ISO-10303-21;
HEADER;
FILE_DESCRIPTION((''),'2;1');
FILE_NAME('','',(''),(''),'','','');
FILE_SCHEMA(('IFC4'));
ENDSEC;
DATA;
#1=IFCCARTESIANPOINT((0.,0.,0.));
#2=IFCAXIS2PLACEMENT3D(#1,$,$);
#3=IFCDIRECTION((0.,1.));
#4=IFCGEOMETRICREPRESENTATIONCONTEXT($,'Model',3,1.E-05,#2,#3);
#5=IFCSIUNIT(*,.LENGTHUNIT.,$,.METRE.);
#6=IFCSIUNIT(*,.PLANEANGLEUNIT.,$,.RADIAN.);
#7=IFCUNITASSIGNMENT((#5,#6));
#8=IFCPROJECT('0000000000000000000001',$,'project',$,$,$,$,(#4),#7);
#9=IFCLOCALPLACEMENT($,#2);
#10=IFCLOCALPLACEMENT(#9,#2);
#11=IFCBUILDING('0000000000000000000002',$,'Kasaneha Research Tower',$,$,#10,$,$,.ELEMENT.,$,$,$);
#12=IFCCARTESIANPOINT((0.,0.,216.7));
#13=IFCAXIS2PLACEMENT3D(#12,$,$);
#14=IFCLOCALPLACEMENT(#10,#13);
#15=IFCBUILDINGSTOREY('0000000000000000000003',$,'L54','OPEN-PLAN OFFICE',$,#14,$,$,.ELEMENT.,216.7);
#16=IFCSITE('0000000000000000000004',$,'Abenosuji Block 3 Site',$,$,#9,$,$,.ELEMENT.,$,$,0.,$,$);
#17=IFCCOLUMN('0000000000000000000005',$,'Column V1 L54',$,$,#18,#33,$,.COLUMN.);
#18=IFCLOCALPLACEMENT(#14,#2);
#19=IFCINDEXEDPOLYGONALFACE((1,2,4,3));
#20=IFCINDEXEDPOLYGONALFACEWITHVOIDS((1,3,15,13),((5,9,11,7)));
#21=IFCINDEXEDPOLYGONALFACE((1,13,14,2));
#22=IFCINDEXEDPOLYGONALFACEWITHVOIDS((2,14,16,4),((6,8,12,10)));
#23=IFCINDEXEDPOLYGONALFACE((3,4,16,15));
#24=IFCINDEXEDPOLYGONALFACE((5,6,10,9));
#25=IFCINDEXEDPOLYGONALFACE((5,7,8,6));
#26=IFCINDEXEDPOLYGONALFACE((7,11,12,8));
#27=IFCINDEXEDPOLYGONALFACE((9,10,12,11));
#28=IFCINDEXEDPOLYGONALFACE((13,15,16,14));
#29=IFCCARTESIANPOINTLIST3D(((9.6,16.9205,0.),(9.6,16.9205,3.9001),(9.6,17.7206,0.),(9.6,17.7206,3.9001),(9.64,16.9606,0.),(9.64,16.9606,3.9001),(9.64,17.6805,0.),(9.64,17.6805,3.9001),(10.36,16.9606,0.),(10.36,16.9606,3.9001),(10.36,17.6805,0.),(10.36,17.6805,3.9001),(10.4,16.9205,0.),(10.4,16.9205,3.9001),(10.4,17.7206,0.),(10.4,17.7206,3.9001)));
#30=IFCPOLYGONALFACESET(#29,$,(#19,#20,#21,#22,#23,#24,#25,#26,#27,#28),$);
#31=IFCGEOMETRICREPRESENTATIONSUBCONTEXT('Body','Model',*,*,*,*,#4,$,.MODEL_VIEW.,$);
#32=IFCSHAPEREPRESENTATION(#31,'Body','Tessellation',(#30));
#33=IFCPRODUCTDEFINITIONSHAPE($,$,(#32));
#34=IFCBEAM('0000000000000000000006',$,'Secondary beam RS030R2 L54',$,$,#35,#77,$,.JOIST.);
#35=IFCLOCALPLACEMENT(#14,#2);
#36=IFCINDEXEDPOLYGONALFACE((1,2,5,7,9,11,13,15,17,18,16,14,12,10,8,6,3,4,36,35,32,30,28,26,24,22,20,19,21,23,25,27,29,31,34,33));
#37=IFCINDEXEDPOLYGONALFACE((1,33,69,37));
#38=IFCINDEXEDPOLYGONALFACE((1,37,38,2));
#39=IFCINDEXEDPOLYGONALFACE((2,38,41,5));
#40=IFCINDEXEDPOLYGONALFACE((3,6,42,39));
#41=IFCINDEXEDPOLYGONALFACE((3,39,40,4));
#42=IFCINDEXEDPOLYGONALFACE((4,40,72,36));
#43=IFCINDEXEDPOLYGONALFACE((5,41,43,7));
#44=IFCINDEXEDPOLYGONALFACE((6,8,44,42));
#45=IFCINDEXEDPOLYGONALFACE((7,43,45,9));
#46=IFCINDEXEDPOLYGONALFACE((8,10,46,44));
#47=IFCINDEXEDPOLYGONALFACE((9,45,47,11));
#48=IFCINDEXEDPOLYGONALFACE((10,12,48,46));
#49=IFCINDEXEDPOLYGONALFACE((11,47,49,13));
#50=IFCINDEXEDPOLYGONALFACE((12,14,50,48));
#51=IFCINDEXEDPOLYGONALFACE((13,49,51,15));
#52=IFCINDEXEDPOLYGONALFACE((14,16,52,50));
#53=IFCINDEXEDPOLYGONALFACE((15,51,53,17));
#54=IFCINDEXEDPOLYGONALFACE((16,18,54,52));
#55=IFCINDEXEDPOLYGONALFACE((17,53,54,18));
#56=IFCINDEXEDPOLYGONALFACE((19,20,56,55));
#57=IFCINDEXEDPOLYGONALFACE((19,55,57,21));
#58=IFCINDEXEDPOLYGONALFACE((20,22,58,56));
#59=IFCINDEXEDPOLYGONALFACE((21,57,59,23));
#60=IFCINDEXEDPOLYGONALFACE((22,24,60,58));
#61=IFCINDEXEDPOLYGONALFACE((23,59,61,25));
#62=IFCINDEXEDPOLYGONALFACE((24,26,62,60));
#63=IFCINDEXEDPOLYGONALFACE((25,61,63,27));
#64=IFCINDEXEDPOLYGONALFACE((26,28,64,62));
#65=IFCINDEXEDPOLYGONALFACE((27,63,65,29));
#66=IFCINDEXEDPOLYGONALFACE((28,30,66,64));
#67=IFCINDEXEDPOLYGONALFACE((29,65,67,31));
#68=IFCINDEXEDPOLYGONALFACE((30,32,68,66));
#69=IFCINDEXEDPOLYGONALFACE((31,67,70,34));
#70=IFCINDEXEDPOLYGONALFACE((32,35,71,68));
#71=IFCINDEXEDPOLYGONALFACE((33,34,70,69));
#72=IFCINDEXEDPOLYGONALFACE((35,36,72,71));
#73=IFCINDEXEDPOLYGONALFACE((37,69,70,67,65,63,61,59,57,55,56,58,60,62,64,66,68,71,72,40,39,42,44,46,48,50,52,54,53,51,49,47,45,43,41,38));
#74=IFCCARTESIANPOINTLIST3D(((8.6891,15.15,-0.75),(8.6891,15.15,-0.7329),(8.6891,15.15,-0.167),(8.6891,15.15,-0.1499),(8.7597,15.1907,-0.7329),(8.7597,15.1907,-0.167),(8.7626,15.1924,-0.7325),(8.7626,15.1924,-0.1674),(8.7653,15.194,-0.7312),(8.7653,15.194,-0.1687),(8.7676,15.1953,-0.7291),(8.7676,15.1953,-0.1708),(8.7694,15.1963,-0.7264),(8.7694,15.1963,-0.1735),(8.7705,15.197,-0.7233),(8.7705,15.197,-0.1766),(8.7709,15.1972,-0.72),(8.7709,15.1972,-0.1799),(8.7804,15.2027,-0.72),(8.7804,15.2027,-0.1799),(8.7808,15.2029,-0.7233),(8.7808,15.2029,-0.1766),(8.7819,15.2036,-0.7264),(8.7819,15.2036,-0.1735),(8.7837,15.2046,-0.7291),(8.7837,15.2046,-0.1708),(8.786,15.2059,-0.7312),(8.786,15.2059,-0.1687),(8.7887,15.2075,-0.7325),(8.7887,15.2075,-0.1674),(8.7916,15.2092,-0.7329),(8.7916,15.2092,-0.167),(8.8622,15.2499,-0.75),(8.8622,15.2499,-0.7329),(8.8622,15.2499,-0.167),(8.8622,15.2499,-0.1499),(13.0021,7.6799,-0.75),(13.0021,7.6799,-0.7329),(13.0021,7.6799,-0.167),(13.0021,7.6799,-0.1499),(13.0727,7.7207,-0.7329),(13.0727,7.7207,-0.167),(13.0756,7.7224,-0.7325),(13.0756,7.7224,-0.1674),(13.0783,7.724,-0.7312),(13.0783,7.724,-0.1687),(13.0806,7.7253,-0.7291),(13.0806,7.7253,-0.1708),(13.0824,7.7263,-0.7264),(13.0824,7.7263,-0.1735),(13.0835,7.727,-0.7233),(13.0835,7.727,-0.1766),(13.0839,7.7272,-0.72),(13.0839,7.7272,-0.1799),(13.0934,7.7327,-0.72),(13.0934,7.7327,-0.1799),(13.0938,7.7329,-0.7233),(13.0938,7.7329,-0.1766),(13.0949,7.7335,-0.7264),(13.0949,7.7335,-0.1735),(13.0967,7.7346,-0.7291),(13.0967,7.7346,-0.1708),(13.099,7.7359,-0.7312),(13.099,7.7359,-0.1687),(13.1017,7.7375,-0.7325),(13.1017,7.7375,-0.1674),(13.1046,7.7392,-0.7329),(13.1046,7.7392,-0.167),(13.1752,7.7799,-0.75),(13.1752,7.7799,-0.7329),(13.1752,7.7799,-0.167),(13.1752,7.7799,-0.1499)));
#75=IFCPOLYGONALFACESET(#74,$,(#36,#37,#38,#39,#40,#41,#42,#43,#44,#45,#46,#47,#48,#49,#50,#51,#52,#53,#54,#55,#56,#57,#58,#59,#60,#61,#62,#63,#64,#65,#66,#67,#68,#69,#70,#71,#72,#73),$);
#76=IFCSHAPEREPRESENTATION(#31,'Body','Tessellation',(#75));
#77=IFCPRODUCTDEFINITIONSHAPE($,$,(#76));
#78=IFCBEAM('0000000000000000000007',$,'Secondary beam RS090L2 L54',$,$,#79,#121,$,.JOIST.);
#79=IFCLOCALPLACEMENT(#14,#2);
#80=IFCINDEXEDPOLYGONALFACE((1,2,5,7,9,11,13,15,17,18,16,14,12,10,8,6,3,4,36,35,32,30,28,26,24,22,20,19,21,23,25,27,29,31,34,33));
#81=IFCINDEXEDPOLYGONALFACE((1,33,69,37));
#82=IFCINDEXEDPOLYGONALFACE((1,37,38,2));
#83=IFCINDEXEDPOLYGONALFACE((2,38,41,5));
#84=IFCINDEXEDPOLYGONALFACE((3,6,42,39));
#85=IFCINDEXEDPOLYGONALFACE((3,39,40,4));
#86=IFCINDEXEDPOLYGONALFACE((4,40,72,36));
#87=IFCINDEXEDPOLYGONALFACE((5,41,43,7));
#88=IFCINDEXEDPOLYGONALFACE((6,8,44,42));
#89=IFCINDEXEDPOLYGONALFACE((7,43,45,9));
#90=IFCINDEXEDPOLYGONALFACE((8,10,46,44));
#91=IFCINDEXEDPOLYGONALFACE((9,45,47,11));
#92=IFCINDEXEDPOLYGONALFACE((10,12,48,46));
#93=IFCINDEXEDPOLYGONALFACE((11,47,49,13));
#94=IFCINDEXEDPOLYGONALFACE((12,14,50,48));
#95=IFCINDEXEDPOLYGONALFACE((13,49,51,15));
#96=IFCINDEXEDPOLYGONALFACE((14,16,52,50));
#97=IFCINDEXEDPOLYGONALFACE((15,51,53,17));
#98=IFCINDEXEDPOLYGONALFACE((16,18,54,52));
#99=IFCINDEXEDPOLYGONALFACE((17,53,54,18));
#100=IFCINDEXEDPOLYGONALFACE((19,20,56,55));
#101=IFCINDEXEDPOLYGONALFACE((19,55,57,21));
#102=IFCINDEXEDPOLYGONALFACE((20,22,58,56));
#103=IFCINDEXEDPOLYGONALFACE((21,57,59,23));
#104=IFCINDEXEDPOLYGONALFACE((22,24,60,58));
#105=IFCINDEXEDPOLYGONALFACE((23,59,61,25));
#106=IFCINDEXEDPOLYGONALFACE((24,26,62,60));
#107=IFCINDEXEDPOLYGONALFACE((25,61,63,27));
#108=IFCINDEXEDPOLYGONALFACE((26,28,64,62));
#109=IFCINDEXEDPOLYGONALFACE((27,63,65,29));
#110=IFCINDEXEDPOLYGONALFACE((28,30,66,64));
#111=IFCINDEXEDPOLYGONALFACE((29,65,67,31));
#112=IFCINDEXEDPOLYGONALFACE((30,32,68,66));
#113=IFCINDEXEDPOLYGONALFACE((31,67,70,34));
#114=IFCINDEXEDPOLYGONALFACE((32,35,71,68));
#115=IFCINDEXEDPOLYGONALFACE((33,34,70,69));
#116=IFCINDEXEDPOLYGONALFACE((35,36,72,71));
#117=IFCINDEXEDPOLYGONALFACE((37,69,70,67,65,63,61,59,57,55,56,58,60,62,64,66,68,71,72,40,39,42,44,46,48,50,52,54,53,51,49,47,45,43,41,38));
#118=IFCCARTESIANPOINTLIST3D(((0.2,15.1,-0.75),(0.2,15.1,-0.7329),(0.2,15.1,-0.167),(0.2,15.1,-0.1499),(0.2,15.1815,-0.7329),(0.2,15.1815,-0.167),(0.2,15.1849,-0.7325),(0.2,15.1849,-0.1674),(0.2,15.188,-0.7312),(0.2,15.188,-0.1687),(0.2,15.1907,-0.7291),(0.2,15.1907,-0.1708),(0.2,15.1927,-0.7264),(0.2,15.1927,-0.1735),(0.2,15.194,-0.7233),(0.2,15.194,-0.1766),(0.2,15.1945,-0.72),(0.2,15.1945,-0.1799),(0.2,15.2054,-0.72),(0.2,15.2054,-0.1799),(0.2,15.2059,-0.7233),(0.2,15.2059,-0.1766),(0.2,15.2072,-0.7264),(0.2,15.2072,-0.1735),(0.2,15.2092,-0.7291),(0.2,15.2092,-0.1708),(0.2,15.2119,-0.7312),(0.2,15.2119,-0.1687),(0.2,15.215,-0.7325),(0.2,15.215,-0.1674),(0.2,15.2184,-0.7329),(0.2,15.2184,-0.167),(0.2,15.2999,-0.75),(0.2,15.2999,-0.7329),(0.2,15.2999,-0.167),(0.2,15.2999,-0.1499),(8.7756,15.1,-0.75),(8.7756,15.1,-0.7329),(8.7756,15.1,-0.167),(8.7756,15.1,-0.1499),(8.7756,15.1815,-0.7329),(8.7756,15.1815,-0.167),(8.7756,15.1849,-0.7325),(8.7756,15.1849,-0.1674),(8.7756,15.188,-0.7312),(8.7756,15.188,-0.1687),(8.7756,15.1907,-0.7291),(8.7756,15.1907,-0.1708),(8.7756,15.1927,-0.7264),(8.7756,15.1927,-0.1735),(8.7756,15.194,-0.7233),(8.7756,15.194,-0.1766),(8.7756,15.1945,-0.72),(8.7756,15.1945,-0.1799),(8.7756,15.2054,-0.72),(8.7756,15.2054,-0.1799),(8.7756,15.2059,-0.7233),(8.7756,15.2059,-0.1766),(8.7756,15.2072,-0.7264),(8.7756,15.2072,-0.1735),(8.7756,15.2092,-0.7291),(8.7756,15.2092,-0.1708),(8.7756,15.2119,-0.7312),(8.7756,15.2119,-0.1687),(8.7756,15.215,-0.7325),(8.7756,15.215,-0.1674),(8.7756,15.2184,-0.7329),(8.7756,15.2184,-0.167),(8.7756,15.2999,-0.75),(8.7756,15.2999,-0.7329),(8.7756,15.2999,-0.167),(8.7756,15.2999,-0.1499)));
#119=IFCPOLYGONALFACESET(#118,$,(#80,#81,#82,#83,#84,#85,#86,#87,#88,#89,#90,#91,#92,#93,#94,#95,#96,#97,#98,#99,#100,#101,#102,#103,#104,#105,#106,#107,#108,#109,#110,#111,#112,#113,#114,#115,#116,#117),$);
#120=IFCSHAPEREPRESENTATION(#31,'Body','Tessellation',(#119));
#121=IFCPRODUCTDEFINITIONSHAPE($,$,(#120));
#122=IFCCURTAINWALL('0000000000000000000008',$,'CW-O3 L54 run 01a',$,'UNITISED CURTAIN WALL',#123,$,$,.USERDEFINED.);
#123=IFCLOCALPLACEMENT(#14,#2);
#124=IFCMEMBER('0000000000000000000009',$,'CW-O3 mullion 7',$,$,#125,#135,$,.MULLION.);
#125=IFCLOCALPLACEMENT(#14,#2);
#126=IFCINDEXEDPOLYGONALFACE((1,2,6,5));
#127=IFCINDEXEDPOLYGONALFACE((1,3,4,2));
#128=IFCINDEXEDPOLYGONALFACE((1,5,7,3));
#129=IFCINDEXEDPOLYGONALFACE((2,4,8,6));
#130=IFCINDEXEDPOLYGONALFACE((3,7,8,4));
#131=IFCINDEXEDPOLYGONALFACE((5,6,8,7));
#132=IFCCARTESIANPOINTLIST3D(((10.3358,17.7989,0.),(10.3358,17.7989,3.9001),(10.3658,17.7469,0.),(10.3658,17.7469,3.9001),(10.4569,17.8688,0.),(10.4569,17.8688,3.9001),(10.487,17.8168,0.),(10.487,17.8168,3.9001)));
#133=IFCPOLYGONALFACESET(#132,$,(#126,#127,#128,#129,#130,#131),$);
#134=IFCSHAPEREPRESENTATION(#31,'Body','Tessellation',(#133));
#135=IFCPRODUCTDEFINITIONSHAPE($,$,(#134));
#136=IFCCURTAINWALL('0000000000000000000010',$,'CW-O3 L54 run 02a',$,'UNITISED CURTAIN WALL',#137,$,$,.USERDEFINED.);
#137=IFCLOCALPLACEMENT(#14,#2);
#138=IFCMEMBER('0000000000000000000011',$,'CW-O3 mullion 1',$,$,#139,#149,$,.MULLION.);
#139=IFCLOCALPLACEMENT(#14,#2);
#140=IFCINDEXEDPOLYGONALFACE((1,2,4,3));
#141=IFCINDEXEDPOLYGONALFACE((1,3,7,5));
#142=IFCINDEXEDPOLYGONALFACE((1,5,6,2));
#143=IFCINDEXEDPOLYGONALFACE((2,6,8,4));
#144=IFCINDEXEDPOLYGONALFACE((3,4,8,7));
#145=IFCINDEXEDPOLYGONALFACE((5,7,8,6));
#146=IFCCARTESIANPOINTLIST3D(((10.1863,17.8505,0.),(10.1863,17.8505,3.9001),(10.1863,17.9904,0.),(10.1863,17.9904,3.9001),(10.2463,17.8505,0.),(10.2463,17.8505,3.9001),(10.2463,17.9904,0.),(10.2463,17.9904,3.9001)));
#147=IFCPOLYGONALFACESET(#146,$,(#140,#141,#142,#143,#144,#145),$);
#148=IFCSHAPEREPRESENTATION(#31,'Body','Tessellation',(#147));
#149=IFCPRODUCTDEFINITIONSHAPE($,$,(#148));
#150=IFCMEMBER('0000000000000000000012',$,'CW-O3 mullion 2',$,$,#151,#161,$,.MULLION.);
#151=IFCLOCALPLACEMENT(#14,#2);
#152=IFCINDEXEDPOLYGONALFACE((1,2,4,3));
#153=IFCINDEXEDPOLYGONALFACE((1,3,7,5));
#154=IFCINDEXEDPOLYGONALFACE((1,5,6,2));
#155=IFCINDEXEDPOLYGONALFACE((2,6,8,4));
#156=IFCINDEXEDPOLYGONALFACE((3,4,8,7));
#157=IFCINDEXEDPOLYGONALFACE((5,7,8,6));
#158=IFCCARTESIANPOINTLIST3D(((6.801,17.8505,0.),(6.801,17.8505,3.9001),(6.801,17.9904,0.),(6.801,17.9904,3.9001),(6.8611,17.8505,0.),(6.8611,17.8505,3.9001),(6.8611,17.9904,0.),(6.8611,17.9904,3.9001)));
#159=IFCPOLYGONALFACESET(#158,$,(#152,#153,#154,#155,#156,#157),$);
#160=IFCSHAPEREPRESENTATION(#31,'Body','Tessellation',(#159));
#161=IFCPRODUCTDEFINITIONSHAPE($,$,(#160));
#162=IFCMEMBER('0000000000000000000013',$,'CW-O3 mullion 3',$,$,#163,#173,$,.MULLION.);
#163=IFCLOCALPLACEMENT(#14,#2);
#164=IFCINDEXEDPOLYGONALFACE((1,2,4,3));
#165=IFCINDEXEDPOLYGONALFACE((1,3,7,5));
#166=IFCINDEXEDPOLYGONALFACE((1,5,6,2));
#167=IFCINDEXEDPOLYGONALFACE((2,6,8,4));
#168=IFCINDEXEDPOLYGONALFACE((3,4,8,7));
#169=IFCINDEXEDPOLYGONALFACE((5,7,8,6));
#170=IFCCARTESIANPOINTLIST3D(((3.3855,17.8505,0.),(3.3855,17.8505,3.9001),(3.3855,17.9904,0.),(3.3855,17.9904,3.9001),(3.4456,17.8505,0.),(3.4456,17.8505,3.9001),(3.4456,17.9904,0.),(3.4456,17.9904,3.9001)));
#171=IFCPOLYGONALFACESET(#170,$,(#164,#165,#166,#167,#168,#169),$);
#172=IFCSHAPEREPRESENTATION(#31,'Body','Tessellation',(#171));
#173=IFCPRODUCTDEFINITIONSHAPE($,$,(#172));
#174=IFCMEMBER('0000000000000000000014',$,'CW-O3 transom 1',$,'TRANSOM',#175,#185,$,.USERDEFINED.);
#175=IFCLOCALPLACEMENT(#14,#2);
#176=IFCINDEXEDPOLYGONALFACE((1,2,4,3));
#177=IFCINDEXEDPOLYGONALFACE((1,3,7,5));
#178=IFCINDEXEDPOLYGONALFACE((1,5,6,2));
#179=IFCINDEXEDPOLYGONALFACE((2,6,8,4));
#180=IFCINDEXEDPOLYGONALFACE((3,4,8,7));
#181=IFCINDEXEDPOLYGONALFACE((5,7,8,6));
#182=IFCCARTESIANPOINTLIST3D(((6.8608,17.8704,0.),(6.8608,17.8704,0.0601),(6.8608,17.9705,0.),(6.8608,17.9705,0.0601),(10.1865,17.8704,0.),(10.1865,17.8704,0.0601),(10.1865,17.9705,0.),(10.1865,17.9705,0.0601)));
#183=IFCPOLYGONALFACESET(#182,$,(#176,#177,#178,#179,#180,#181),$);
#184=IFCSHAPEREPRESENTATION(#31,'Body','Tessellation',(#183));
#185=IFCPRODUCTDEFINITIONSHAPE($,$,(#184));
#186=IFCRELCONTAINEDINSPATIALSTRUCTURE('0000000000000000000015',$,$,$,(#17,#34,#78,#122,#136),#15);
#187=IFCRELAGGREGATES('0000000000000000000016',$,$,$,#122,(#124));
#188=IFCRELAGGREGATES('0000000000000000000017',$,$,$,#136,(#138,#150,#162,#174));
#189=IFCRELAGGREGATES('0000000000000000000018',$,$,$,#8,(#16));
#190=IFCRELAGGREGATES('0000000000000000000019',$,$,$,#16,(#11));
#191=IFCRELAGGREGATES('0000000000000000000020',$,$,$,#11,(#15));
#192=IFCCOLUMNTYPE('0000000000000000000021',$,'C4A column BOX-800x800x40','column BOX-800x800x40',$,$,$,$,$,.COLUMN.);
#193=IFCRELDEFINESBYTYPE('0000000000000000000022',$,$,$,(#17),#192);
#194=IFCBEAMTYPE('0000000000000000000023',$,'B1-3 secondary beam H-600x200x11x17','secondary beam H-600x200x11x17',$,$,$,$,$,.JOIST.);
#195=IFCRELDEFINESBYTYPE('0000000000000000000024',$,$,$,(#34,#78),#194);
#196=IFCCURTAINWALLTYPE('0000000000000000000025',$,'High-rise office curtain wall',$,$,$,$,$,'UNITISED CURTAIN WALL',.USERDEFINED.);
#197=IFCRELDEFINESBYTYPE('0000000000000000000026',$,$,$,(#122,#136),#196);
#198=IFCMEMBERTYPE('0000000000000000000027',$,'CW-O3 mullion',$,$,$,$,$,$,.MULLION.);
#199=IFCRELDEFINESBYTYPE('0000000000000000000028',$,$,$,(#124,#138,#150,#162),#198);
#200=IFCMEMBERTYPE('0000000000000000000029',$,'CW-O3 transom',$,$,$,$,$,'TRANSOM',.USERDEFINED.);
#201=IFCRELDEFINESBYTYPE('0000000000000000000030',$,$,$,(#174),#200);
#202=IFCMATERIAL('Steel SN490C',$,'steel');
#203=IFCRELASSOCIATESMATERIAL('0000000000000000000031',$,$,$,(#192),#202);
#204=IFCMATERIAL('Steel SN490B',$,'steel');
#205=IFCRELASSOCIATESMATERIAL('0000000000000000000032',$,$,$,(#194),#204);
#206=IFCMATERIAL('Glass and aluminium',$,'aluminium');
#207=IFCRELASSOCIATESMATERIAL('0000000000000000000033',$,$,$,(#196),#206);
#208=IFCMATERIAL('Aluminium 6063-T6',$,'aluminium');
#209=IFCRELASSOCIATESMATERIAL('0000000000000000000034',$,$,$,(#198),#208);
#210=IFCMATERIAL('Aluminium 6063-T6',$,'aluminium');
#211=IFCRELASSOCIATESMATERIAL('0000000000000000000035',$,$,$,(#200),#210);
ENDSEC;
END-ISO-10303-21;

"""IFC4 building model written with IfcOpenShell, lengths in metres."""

from ifc_helpers import new_model, si_unit, direction, frame, origin, origin_2d, place, context, subcontext, project, spatial, rectangle, hollow_rectangle, i_section, extrude, material, material_profile, profile_set, type_object, element, aggregate, save


model = new_model("IFC4")

# Units and contexts
model_context = context("Model", 3, precision=1e-05, world=origin(), true_north=direction((0.0, 1.0)))
body_context = subcontext(model_context, "Body", "Model", "MODEL_VIEW")
ifc_project = project(units=[si_unit("LENGTHUNIT", "METRE"), si_unit("PLANEANGLEUNIT", "RADIAN")], contexts=[model_context])

# Site, building, storey
site_placement = place(None, origin())
site = spatial("IfcSite", under=ifc_project, at=site_placement, Name="Abenosuji Block 3 Site", CompositionType="ELEMENT", RefElevation=0.0)
building_placement = place(site_placement, origin())
building = spatial("IfcBuilding", under=site, at=building_placement, Name="Kasaneha Research Tower", CompositionType="ELEMENT")
storey_placement = place(building_placement, frame((0.0, 0.0, 216.7)))
storey = spatial("IfcBuildingStorey", under=building, at=storey_placement, Name="L54", Description="OPEN-PLAN OFFICE", CompositionType="ELEMENT", Elevation=216.7)

# Column
ifc_material_1 = material(Name="Steel SN490C", Category="steel")
ifc_material_profile_1 = material_profile(ifc_material_1, hollow_rectangle(XDim=0.8, YDim=0.8, WallThickness=0.04, at=origin_2d()), Name="BOX-800x800x40")
ifc_profile_set_1 = profile_set([ifc_material_profile_1], Name="Steel SN490C")
column_type = type_object("IfcColumnType", Name="C4A column BOX-800x800x40", Description="column BOX-800x800x40", PredefinedType="COLUMN", material=ifc_profile_set_1)
column_placement = place(storey_placement, frame((10.0, 17.3206, 0.0), z_axis=(0.0, 0.0, 1.0), x_axis=(1.0, 0.0, 0.0)))
element("IfcColumn", 1, at=column_placement, inside=storey, type_object=column_type, Name="Column V1 L54", PredefinedType="COLUMN", context=body_context, shape_type="SweptSolid", body=[
    extrude(hollow_rectangle(XDim=0.8, YDim=0.8, WallThickness=0.04, at=origin_2d()), origin(), (0.0, 0.0, 1.0), 3.9001),
])

# Beams
ifc_material_2 = material(Name="Steel SN490B", Category="steel")
ifc_material_profile_2 = material_profile(ifc_material_2, i_section(OverallWidth=0.2, OverallDepth=0.6001, WebThickness=0.011, FlangeThickness=0.0171, FilletRadius=0.0129, at=origin_2d()), Name="H-600x200x11x17")
ifc_profile_set_2 = profile_set([ifc_material_profile_2], Name="Steel SN490B")
beam_type_1 = type_object("IfcBeamType", Name="B1-3 secondary beam H-600x200x11x17", Description="secondary beam H-600x200x11x17", PredefinedType="JOIST", material=ifc_profile_set_2)
beam_1_placement = place(storey_placement, frame((8.7756, 15.2, -0.45), z_axis=(0.500017, -0.866015, 0.0), x_axis=(0.866015, 0.500017, 0.0)))
element("IfcBeam", 2, at=beam_1_placement, inside=storey, type_object=beam_type_1, Name="Secondary beam RS030R2 L54", PredefinedType="JOIST", context=body_context, shape_type="SweptSolid", body=[
    extrude(i_section(OverallWidth=0.2, OverallDepth=0.6001, WebThickness=0.011, FlangeThickness=0.0171, FilletRadius=0.0129, at=origin_2d()), origin(), (0.0, 0.0, 1.0), 8.6257),
])
beam_2_placement = place(storey_placement, frame((8.7756, 15.2, -0.45), z_axis=(-1.0, 0.0, 0.0), x_axis=(0.0, -1.0, 0.0)))
element("IfcBeam", 3, at=beam_2_placement, inside=storey, type_object=beam_type_1, Name="Secondary beam RS090L2 L54", PredefinedType="JOIST", context=body_context, shape_type="SweptSolid", body=[
    extrude(i_section(OverallWidth=0.2, OverallDepth=0.6001, WebThickness=0.011, FlangeThickness=0.0171, FilletRadius=0.0129, at=origin_2d()), origin(), (0.0, 0.0, 1.0), 8.5757),
])

# Curtain wall, member
ifc_material_3 = material(Name="Glass and aluminium", Category="aluminium")
curtain_wall_type = type_object("IfcCurtainWallType", Name="High-rise office curtain wall", ElementType="UNITISED CURTAIN WALL", PredefinedType="USERDEFINED", material=ifc_material_3)
curtain_wall_1_placement = place(storey_placement, origin())
curtain_wall_1 = element("IfcCurtainWall", 4, at=curtain_wall_1_placement, inside=storey, type_object=curtain_wall_type, Name="CW-O3 L54 run 01a", ObjectType="UNITISED CURTAIN WALL", PredefinedType="USERDEFINED")
ifc_material_4 = material(Name="Aluminium 6063-T6", Category="aluminium")
ifc_material_profile_3 = material_profile(ifc_material_4, rectangle(XDim=0.0601, YDim=0.1399, at=origin_2d()), Name="CW-O3 mullion 60x140")
ifc_profile_set_3 = profile_set([ifc_material_profile_3], Name="Aluminium 6063-T6")
member_type_1 = type_object("IfcMemberType", Name="CW-O3 mullion", PredefinedType="MULLION", material=ifc_profile_set_3)
member_1_placement = place(storey_placement, frame((10.4114, 17.8079, 0.0), z_axis=(0.0, 0.0, 1.0), x_axis=(-0.5, 0.866025, 0.0)))
member_1 = element("IfcMember", 5, at=member_1_placement, type_object=member_type_1, Name="CW-O3 mullion 7", PredefinedType="MULLION", context=body_context, shape_type="SweptSolid", body=[
    extrude(rectangle(XDim=0.0601, YDim=0.1399, at=origin_2d()), origin(), (0.0, 0.0, 1.0), 3.9001),
])

# Curtain wall, members
curtain_wall_2_placement = place(storey_placement, origin())
curtain_wall_2 = element("IfcCurtainWall", 6, at=curtain_wall_2_placement, inside=storey, type_object=curtain_wall_type, Name="CW-O3 L54 run 02a", ObjectType="UNITISED CURTAIN WALL", PredefinedType="USERDEFINED")
member_2_placement = place(storey_placement, frame((10.2163, 17.9204, 0.0), z_axis=(0.0, 0.0, 1.0), x_axis=(-1.0, 0.0, 0.0)))
member_2 = element("IfcMember", 7, at=member_2_placement, type_object=member_type_1, Name="CW-O3 mullion 1", PredefinedType="MULLION", context=body_context, shape_type="SweptSolid", body=[
    extrude(rectangle(XDim=0.0601, YDim=0.1399, at=origin_2d()), origin(), (0.0, 0.0, 1.0), 3.9001),
])
member_3_placement = place(storey_placement, frame((6.8311, 17.9204, 0.0), z_axis=(0.0, 0.0, 1.0), x_axis=(-1.0, 0.0, 0.0)))
member_3 = element("IfcMember", 8, at=member_3_placement, type_object=member_type_1, Name="CW-O3 mullion 2", PredefinedType="MULLION", context=body_context, shape_type="SweptSolid", body=[
    extrude(rectangle(XDim=0.0601, YDim=0.1399, at=origin_2d()), origin(), (0.0, 0.0, 1.0), 3.9001),
])
member_4_placement = place(storey_placement, frame((3.4155, 17.9204, 0.0), z_axis=(0.0, 0.0, 1.0), x_axis=(-1.0, 0.0, 0.0)))
member_4 = element("IfcMember", 9, at=member_4_placement, type_object=member_type_1, Name="CW-O3 mullion 3", PredefinedType="MULLION", context=body_context, shape_type="SweptSolid", body=[
    extrude(rectangle(XDim=0.0601, YDim=0.1399, at=origin_2d()), origin(), (0.0, 0.0, 1.0), 3.9001),
])
ifc_material_5 = material(Name="Aluminium 6063-T6", Category="aluminium")
ifc_material_profile_4 = material_profile(ifc_material_5, rectangle(XDim=0.1001, YDim=0.0601, at=origin_2d()), Name="CW-O3 transom 100x60")
ifc_profile_set_4 = profile_set([ifc_material_profile_4], Name="Aluminium 6063-T6")
member_type_2 = type_object("IfcMemberType", Name="CW-O3 transom", ElementType="TRANSOM", PredefinedType="USERDEFINED", material=ifc_profile_set_4)
member_5_placement = place(storey_placement, frame((10.1865, 17.9204, 0.03), z_axis=(-1.0, 0.0, 0.0), x_axis=(0.0, -1.0, 0.0)))
member_5 = element("IfcMember", 10, at=member_5_placement, type_object=member_type_2, Name="CW-O3 transom 1", ObjectType="TRANSOM", PredefinedType="USERDEFINED", context=body_context, shape_type="SweptSolid", body=[
    extrude(rectangle(XDim=0.1001, YDim=0.0601, at=origin_2d()), origin(), (0.0, 0.0, 1.0), 3.3257),
])

aggregate(curtain_wall_1, [member_1])
aggregate(curtain_wall_2, [member_2, member_3, member_4, member_5])

save(model, "model.ifc")
